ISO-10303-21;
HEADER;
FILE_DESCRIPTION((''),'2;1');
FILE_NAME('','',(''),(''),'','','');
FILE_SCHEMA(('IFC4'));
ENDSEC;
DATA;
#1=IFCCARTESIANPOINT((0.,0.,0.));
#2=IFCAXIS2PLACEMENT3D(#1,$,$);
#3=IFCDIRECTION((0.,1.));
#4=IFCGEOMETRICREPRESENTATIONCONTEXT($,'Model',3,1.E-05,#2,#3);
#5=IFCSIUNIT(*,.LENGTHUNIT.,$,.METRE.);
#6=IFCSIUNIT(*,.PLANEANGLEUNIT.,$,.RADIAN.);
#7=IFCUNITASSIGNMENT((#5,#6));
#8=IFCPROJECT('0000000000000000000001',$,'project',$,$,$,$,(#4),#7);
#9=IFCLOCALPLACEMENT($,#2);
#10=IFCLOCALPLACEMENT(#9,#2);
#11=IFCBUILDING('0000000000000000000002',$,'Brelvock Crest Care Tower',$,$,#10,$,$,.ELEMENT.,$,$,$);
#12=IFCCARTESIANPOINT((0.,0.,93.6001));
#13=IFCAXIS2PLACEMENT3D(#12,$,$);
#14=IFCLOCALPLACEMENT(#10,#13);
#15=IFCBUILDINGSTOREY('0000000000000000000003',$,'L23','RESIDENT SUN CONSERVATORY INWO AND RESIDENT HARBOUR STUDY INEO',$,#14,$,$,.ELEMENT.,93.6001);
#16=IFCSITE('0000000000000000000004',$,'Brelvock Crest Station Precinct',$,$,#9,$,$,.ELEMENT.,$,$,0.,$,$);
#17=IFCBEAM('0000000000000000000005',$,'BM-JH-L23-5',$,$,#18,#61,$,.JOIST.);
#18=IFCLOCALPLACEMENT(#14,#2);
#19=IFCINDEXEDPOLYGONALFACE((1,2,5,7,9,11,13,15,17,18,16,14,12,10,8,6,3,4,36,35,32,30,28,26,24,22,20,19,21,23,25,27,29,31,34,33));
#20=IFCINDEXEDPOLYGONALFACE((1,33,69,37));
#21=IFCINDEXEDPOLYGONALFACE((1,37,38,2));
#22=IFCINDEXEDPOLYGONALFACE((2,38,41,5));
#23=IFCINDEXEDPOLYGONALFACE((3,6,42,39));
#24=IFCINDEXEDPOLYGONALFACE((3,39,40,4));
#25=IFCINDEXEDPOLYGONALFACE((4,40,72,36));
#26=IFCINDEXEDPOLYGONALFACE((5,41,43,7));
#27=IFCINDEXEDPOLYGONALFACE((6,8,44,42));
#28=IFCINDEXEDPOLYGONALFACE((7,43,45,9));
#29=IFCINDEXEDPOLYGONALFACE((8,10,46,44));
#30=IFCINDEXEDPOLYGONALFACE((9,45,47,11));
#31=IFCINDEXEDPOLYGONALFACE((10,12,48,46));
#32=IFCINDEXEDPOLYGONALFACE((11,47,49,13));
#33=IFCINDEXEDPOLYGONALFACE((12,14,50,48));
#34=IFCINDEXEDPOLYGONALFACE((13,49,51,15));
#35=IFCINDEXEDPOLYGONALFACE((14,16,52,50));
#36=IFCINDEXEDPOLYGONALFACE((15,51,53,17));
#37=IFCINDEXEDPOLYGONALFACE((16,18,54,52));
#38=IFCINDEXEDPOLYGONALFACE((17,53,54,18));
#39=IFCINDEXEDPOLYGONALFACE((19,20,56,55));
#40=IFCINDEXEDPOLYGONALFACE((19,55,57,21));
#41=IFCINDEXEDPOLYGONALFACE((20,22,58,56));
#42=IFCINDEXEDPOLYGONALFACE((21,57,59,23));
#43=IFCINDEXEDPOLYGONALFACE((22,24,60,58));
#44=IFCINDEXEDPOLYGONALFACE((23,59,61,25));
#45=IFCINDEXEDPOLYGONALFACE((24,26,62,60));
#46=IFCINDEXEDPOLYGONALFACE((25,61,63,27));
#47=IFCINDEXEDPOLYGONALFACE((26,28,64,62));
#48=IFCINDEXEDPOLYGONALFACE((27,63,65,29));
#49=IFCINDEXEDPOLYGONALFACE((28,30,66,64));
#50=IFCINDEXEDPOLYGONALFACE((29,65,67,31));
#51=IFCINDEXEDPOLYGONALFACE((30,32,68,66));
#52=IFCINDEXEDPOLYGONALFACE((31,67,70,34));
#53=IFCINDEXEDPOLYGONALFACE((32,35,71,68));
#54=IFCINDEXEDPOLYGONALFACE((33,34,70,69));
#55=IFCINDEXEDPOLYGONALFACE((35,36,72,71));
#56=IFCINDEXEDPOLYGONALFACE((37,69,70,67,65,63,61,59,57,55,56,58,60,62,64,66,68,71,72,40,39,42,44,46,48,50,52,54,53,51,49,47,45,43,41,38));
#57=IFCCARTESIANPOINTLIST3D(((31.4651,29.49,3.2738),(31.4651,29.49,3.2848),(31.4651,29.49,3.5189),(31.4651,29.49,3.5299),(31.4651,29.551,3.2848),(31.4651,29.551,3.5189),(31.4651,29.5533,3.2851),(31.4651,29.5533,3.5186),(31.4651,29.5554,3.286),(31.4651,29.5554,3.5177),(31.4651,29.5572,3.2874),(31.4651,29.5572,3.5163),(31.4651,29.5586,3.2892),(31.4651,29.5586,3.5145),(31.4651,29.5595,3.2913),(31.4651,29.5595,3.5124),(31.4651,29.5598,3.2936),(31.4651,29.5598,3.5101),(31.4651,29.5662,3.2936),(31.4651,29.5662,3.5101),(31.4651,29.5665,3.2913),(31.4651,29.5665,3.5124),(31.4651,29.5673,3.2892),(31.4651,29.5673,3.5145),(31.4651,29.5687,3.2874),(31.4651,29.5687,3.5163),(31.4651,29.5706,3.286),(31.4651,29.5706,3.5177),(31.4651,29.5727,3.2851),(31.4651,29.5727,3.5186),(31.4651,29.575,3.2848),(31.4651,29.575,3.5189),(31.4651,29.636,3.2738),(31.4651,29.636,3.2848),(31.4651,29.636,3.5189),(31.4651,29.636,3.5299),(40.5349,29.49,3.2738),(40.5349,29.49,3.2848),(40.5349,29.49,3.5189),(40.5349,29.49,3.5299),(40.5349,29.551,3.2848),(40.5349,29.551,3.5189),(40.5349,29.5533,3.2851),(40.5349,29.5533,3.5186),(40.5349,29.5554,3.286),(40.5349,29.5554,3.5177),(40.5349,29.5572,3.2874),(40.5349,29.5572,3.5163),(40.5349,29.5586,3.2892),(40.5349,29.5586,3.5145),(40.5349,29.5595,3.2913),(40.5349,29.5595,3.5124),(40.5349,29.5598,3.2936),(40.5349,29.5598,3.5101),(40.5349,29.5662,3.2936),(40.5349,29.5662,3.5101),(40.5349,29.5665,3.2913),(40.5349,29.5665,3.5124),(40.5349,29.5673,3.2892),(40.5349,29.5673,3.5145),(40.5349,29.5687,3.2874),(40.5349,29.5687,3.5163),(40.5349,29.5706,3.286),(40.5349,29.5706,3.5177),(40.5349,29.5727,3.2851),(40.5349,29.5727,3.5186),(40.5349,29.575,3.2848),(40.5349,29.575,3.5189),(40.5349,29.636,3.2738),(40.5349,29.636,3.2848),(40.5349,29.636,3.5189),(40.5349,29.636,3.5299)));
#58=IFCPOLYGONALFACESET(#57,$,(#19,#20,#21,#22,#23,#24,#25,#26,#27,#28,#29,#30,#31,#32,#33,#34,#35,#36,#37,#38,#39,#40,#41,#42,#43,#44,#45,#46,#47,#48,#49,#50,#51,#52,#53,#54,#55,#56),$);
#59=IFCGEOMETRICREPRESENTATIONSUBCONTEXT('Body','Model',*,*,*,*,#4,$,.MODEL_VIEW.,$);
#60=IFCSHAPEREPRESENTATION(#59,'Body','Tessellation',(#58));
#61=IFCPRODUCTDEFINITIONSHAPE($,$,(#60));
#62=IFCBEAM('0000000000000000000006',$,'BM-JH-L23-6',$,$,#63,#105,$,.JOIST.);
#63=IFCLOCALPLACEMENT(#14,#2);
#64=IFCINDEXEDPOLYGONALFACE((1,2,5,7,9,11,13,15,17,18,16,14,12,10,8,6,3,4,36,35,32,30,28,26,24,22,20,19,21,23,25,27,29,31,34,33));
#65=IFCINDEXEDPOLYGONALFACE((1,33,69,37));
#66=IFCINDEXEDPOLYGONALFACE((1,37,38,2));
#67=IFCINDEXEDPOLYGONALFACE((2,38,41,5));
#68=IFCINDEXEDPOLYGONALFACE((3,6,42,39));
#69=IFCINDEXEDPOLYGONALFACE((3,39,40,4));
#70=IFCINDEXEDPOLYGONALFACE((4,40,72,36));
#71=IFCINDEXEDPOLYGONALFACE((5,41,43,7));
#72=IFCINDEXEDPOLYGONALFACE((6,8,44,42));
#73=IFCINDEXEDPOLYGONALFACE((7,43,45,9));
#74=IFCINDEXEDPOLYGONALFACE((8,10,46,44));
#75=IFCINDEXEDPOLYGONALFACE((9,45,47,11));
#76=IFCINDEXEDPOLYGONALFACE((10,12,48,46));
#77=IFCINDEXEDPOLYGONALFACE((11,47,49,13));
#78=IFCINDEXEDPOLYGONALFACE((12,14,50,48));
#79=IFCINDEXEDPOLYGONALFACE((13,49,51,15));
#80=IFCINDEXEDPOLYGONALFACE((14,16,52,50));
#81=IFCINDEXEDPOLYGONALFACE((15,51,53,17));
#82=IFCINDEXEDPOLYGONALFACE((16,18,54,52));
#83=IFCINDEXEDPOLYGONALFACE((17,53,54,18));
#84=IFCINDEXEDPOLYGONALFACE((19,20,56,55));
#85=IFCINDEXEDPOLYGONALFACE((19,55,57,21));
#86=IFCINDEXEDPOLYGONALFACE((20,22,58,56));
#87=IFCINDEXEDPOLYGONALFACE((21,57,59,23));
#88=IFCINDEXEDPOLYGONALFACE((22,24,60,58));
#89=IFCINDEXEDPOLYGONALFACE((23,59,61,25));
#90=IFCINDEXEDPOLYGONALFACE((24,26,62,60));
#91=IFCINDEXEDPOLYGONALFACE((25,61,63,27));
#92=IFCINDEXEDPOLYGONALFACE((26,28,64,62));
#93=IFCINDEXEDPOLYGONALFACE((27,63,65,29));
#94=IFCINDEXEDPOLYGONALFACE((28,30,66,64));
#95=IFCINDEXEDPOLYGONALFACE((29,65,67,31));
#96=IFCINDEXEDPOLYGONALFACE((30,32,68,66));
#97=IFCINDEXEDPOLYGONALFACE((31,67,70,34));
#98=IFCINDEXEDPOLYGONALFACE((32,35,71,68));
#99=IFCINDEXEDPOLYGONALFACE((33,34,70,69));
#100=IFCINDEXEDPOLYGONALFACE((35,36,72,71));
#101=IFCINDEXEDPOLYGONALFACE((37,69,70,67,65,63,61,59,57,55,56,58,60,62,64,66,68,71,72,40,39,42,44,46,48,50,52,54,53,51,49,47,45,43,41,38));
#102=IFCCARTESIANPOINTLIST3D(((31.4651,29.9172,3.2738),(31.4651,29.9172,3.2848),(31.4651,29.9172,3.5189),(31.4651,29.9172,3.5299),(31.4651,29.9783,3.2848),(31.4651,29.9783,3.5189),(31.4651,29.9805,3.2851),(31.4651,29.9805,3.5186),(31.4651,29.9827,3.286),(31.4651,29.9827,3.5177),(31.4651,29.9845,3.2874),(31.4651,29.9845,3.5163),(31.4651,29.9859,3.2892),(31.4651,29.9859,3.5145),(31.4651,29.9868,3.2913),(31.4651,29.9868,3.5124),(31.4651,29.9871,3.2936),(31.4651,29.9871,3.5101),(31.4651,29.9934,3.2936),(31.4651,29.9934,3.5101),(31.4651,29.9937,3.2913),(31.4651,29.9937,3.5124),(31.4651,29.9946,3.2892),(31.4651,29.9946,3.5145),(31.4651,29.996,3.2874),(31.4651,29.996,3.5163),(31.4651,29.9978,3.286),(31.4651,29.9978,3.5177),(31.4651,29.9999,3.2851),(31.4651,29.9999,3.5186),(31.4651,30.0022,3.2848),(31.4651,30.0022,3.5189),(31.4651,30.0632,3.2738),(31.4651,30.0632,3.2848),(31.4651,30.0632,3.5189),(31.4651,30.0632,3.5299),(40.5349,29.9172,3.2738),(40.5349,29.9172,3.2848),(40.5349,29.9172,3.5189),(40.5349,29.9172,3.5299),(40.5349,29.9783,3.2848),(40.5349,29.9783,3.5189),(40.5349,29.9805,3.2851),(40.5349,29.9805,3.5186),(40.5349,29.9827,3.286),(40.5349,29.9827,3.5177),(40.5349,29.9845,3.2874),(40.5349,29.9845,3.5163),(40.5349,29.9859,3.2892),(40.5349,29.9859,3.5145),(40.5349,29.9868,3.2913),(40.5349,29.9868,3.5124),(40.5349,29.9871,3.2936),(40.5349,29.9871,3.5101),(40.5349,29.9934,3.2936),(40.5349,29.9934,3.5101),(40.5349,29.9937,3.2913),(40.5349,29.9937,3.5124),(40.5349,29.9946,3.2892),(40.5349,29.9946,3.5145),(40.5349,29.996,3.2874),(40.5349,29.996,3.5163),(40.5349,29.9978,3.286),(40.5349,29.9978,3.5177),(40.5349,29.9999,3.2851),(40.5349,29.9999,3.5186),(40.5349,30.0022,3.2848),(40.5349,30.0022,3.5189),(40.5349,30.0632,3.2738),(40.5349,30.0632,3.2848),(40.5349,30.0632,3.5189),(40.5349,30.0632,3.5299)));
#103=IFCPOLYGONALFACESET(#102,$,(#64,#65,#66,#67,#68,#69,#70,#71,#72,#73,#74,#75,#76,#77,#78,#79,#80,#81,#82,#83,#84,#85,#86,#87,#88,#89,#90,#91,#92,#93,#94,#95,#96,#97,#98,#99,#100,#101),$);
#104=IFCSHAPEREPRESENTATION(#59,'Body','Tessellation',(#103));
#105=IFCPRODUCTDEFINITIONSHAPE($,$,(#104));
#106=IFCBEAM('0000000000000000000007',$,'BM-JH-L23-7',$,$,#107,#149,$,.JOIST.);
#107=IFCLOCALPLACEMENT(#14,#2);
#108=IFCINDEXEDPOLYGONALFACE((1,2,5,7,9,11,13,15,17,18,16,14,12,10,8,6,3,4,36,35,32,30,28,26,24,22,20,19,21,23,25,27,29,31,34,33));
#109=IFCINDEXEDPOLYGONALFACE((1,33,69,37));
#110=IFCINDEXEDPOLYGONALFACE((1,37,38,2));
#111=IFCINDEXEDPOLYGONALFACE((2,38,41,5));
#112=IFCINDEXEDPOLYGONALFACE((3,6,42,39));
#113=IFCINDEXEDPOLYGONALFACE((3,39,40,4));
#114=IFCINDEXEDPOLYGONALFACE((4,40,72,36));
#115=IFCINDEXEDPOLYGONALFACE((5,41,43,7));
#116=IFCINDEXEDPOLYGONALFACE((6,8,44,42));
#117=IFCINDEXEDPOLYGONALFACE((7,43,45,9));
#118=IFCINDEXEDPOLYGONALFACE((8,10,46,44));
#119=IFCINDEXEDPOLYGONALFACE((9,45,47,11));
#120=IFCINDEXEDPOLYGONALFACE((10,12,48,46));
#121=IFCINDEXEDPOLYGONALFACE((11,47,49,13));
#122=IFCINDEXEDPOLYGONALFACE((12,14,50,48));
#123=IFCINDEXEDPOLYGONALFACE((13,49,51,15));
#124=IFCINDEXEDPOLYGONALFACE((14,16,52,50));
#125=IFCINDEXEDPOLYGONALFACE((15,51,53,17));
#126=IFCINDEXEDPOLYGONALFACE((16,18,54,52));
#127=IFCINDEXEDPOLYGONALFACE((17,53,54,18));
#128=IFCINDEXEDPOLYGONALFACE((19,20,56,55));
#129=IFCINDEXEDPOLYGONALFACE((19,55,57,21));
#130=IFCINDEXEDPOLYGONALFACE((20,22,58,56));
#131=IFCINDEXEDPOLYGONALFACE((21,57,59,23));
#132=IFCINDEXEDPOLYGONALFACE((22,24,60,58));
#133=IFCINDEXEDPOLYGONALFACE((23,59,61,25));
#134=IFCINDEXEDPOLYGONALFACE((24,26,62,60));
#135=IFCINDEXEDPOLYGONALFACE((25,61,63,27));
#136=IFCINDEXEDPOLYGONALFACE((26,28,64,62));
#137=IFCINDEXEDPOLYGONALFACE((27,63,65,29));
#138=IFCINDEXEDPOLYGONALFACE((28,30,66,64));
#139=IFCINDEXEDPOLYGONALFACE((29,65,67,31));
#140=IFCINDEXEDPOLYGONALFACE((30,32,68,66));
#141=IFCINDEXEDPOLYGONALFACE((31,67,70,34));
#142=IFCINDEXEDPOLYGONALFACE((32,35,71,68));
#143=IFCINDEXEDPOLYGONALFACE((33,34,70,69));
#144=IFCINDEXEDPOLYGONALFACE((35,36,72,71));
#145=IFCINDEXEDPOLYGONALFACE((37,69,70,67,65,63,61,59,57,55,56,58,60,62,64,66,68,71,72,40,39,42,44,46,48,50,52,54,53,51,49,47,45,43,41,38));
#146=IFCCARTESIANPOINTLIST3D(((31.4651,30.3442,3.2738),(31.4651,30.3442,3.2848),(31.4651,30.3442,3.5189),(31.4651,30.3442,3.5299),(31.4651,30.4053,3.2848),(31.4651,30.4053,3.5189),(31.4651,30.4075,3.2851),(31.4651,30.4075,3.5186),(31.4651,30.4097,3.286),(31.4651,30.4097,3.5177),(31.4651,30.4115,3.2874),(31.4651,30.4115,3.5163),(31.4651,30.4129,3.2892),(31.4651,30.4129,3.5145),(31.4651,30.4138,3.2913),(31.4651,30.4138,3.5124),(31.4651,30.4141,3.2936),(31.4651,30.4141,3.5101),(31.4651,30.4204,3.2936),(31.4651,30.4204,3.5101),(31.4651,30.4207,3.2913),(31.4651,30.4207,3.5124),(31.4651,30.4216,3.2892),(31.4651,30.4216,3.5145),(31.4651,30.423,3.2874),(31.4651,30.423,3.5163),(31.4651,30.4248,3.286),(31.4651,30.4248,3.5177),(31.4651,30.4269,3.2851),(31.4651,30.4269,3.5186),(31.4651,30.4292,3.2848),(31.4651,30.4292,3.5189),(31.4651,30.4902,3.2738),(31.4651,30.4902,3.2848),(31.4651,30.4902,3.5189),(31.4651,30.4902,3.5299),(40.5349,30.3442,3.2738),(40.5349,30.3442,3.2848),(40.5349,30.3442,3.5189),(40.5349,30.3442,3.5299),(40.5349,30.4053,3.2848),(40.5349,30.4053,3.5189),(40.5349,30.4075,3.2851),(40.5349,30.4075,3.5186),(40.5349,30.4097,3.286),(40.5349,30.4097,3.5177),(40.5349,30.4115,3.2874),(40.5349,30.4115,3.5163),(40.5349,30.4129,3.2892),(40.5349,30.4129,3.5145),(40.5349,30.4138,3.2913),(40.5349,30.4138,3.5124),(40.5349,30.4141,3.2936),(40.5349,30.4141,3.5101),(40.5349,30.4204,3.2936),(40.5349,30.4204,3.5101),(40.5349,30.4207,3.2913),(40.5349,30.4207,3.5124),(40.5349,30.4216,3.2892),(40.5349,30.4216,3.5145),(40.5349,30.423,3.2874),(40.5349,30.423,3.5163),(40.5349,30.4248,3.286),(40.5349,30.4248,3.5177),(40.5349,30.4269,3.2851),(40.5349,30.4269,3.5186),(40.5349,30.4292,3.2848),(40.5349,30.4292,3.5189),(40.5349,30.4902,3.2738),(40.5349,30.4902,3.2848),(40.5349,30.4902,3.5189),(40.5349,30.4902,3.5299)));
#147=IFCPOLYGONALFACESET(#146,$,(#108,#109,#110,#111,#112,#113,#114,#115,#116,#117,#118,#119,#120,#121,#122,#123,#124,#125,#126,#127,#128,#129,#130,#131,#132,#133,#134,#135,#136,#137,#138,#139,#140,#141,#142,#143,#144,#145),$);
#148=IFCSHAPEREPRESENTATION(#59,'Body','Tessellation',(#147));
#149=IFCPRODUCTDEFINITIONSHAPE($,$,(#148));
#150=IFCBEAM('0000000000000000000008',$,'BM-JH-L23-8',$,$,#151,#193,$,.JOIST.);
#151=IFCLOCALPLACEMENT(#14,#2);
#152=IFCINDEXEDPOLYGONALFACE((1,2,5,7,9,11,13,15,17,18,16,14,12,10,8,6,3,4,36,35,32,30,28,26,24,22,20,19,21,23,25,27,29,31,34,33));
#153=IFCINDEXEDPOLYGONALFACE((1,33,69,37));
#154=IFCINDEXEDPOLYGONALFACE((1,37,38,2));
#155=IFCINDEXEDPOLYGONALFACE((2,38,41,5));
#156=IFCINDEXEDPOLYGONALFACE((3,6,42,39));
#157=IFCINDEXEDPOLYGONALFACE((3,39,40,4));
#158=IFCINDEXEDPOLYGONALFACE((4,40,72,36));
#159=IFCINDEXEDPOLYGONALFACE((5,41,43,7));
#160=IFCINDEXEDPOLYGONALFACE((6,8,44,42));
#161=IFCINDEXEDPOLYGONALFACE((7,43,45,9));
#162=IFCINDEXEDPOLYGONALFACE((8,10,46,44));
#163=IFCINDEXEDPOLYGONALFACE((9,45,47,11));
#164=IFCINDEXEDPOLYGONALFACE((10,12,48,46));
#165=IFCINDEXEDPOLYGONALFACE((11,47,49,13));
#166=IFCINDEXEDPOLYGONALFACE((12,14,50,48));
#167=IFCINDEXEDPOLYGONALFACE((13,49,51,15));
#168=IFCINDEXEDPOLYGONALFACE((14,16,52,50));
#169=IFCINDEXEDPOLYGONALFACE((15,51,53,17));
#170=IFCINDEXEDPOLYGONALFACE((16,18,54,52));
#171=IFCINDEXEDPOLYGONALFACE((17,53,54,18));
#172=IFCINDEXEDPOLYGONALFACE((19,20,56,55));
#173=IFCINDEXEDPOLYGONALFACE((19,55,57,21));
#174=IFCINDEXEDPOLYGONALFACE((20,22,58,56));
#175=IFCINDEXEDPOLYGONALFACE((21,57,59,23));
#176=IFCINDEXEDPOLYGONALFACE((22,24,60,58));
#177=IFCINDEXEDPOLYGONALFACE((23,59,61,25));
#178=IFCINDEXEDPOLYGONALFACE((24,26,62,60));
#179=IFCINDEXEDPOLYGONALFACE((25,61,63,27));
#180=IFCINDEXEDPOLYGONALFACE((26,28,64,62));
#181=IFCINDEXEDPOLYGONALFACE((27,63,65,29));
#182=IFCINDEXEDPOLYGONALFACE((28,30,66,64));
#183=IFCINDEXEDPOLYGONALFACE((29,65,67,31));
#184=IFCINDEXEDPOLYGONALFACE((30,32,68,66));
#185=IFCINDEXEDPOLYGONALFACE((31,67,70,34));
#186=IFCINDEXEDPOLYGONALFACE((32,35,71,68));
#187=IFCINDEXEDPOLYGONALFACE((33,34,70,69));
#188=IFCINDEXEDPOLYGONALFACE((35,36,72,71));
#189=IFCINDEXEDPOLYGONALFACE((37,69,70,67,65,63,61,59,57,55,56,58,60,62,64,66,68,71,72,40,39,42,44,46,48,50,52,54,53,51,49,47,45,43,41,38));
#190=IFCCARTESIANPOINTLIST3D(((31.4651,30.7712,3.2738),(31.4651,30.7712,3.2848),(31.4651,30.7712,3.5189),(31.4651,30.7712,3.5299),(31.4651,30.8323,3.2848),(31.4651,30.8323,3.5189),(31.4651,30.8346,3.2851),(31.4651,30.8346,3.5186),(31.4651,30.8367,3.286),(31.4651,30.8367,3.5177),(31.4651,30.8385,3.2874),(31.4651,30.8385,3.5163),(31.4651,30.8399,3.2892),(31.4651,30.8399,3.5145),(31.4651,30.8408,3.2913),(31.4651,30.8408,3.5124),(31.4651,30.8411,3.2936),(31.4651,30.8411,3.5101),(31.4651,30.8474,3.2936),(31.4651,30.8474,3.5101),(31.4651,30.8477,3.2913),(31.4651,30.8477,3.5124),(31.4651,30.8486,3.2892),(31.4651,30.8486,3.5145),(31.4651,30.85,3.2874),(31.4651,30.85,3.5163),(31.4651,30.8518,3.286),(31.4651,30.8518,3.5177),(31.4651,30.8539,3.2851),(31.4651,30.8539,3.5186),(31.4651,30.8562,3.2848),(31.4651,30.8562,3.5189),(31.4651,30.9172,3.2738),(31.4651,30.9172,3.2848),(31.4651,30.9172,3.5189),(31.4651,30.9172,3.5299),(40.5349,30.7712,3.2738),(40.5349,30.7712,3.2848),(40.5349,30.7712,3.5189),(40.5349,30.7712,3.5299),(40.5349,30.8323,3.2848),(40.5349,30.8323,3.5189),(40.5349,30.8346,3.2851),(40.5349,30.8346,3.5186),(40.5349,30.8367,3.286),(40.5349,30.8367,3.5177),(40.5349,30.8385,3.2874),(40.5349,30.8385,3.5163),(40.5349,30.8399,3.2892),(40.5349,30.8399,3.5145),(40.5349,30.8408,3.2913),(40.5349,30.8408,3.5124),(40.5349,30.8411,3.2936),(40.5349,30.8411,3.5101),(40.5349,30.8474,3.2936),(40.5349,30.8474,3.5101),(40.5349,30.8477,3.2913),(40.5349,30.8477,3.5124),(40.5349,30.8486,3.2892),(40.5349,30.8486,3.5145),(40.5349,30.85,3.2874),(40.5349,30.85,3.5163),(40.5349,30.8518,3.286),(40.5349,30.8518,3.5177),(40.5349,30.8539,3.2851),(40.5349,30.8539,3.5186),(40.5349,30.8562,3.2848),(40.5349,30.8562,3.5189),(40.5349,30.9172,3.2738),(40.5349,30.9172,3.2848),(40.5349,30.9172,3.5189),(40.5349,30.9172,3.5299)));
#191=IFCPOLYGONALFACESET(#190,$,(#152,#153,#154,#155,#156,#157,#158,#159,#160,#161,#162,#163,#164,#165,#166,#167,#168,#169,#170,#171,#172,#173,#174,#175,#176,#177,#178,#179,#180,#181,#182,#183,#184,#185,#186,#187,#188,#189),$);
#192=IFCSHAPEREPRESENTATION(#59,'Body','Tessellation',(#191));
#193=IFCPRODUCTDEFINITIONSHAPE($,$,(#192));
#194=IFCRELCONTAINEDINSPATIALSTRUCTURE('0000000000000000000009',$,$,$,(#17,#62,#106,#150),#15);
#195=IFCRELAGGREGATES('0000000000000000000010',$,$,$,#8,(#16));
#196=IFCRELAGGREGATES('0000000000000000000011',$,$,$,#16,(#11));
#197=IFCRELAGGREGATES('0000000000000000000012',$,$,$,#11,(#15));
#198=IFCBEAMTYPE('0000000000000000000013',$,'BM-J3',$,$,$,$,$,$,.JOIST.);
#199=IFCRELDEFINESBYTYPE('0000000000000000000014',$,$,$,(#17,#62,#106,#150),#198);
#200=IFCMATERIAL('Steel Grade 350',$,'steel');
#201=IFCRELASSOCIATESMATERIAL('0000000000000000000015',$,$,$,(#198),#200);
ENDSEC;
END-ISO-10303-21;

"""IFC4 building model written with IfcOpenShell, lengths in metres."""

from ifc_helpers import new_model, si_unit, direction, frame, origin, origin_2d, place, context, subcontext, project, spatial, i_section, extrude, source, transform, mapped, material, material_profile, profile_set, type_object, element, save


model = new_model("IFC4")

# Units and contexts
model_context = context("Model", 3, precision=1e-05, world=origin(), true_north=direction((0.0, 1.0)))
body_context = subcontext(model_context, "Body", "Model", "MODEL_VIEW")
ifc_project = project(units=[si_unit("LENGTHUNIT", "METRE"), si_unit("PLANEANGLEUNIT", "RADIAN")], contexts=[model_context])

# Site, building, storey
site_placement = place(None, origin())
site = spatial("IfcSite", under=ifc_project, at=site_placement, Name="Brelvock Crest Station Precinct", CompositionType="ELEMENT", RefElevation=0.0)
building_placement = place(site_placement, origin())
building = spatial("IfcBuilding", under=site, at=building_placement, Name="Brelvock Crest Care Tower", CompositionType="ELEMENT")
storey_placement = place(building_placement, frame((0.0, 0.0, 93.6001)))
storey = spatial("IfcBuildingStorey", under=building, at=storey_placement, Name="L23", Description="RESIDENT SUN CONSERVATORY INWO AND RESIDENT HARBOUR STUDY INEO", CompositionType="ELEMENT", Elevation=93.6001)

# Shared definitions
ifc_material_1 = material(Name="Steel Grade 350", Category="steel")

# Beams
ifc_material_profile_1 = material_profile(ifc_material_1, i_section(OverallWidth=0.146, OverallDepth=0.2561, WebThickness=0.0063, FlangeThickness=0.011, FilletRadius=0.0088, at=origin_2d()), Name="250UB37.3")
ifc_profile_set_1 = profile_set([ifc_material_profile_1], Name="Steel Grade 350")
beam_type_1 = type_object("IfcBeamType", Name="BM-J3", PredefinedType="JOIST", material=ifc_profile_set_1)
shared_shape_1 = source(origin(), body_context, "Body", "SweptSolid", [
    extrude(i_section(OverallWidth=0.146, OverallDepth=0.2561, WebThickness=0.0063, FlangeThickness=0.011, FilletRadius=0.0088, at=origin_2d()), origin(), (0.0, 0.0, 1.0), 9.0698),
])
for number, where, z_axis, x_axis, name in (
    (1, (31.4651, 29.563, 3.4019), (1.0, 0.0, 0.0), (0.0, 1.0, 0.0), "BM-JH-L23-5"),
    (2, (31.4651, 29.9902, 3.4019), (1.0, 0.0, 0.0), (0.0, 1.0, 0.0), "BM-JH-L23-6"),
    (3, (31.4651, 30.4172, 3.4019), (1.0, 0.0, 0.0), (0.0, 1.0, 0.0), "BM-JH-L23-7"),
    (4, (31.4651, 30.8442, 3.4019), (1.0, 0.0, 0.0), (0.0, 1.0, 0.0), "BM-JH-L23-8"),
):
    element("IfcBeam", number, at=place(storey_placement, frame(where, z_axis=z_axis, x_axis=x_axis)), inside=storey, type_object=beam_type_1, Name=name, PredefinedType="JOIST", context=body_context, shape_type="MappedRepresentation", body=[
        mapped(shared_shape_1, transform((0.0, 0.0, 0.0), x_axis=(1.0, 0.0, 0.0), y_axis=(0.0, 1.0, 0.0), z_axis=(0.0, 0.0, 1.0), scale=1.0)),
    ])

save(model, "model.ifc")
